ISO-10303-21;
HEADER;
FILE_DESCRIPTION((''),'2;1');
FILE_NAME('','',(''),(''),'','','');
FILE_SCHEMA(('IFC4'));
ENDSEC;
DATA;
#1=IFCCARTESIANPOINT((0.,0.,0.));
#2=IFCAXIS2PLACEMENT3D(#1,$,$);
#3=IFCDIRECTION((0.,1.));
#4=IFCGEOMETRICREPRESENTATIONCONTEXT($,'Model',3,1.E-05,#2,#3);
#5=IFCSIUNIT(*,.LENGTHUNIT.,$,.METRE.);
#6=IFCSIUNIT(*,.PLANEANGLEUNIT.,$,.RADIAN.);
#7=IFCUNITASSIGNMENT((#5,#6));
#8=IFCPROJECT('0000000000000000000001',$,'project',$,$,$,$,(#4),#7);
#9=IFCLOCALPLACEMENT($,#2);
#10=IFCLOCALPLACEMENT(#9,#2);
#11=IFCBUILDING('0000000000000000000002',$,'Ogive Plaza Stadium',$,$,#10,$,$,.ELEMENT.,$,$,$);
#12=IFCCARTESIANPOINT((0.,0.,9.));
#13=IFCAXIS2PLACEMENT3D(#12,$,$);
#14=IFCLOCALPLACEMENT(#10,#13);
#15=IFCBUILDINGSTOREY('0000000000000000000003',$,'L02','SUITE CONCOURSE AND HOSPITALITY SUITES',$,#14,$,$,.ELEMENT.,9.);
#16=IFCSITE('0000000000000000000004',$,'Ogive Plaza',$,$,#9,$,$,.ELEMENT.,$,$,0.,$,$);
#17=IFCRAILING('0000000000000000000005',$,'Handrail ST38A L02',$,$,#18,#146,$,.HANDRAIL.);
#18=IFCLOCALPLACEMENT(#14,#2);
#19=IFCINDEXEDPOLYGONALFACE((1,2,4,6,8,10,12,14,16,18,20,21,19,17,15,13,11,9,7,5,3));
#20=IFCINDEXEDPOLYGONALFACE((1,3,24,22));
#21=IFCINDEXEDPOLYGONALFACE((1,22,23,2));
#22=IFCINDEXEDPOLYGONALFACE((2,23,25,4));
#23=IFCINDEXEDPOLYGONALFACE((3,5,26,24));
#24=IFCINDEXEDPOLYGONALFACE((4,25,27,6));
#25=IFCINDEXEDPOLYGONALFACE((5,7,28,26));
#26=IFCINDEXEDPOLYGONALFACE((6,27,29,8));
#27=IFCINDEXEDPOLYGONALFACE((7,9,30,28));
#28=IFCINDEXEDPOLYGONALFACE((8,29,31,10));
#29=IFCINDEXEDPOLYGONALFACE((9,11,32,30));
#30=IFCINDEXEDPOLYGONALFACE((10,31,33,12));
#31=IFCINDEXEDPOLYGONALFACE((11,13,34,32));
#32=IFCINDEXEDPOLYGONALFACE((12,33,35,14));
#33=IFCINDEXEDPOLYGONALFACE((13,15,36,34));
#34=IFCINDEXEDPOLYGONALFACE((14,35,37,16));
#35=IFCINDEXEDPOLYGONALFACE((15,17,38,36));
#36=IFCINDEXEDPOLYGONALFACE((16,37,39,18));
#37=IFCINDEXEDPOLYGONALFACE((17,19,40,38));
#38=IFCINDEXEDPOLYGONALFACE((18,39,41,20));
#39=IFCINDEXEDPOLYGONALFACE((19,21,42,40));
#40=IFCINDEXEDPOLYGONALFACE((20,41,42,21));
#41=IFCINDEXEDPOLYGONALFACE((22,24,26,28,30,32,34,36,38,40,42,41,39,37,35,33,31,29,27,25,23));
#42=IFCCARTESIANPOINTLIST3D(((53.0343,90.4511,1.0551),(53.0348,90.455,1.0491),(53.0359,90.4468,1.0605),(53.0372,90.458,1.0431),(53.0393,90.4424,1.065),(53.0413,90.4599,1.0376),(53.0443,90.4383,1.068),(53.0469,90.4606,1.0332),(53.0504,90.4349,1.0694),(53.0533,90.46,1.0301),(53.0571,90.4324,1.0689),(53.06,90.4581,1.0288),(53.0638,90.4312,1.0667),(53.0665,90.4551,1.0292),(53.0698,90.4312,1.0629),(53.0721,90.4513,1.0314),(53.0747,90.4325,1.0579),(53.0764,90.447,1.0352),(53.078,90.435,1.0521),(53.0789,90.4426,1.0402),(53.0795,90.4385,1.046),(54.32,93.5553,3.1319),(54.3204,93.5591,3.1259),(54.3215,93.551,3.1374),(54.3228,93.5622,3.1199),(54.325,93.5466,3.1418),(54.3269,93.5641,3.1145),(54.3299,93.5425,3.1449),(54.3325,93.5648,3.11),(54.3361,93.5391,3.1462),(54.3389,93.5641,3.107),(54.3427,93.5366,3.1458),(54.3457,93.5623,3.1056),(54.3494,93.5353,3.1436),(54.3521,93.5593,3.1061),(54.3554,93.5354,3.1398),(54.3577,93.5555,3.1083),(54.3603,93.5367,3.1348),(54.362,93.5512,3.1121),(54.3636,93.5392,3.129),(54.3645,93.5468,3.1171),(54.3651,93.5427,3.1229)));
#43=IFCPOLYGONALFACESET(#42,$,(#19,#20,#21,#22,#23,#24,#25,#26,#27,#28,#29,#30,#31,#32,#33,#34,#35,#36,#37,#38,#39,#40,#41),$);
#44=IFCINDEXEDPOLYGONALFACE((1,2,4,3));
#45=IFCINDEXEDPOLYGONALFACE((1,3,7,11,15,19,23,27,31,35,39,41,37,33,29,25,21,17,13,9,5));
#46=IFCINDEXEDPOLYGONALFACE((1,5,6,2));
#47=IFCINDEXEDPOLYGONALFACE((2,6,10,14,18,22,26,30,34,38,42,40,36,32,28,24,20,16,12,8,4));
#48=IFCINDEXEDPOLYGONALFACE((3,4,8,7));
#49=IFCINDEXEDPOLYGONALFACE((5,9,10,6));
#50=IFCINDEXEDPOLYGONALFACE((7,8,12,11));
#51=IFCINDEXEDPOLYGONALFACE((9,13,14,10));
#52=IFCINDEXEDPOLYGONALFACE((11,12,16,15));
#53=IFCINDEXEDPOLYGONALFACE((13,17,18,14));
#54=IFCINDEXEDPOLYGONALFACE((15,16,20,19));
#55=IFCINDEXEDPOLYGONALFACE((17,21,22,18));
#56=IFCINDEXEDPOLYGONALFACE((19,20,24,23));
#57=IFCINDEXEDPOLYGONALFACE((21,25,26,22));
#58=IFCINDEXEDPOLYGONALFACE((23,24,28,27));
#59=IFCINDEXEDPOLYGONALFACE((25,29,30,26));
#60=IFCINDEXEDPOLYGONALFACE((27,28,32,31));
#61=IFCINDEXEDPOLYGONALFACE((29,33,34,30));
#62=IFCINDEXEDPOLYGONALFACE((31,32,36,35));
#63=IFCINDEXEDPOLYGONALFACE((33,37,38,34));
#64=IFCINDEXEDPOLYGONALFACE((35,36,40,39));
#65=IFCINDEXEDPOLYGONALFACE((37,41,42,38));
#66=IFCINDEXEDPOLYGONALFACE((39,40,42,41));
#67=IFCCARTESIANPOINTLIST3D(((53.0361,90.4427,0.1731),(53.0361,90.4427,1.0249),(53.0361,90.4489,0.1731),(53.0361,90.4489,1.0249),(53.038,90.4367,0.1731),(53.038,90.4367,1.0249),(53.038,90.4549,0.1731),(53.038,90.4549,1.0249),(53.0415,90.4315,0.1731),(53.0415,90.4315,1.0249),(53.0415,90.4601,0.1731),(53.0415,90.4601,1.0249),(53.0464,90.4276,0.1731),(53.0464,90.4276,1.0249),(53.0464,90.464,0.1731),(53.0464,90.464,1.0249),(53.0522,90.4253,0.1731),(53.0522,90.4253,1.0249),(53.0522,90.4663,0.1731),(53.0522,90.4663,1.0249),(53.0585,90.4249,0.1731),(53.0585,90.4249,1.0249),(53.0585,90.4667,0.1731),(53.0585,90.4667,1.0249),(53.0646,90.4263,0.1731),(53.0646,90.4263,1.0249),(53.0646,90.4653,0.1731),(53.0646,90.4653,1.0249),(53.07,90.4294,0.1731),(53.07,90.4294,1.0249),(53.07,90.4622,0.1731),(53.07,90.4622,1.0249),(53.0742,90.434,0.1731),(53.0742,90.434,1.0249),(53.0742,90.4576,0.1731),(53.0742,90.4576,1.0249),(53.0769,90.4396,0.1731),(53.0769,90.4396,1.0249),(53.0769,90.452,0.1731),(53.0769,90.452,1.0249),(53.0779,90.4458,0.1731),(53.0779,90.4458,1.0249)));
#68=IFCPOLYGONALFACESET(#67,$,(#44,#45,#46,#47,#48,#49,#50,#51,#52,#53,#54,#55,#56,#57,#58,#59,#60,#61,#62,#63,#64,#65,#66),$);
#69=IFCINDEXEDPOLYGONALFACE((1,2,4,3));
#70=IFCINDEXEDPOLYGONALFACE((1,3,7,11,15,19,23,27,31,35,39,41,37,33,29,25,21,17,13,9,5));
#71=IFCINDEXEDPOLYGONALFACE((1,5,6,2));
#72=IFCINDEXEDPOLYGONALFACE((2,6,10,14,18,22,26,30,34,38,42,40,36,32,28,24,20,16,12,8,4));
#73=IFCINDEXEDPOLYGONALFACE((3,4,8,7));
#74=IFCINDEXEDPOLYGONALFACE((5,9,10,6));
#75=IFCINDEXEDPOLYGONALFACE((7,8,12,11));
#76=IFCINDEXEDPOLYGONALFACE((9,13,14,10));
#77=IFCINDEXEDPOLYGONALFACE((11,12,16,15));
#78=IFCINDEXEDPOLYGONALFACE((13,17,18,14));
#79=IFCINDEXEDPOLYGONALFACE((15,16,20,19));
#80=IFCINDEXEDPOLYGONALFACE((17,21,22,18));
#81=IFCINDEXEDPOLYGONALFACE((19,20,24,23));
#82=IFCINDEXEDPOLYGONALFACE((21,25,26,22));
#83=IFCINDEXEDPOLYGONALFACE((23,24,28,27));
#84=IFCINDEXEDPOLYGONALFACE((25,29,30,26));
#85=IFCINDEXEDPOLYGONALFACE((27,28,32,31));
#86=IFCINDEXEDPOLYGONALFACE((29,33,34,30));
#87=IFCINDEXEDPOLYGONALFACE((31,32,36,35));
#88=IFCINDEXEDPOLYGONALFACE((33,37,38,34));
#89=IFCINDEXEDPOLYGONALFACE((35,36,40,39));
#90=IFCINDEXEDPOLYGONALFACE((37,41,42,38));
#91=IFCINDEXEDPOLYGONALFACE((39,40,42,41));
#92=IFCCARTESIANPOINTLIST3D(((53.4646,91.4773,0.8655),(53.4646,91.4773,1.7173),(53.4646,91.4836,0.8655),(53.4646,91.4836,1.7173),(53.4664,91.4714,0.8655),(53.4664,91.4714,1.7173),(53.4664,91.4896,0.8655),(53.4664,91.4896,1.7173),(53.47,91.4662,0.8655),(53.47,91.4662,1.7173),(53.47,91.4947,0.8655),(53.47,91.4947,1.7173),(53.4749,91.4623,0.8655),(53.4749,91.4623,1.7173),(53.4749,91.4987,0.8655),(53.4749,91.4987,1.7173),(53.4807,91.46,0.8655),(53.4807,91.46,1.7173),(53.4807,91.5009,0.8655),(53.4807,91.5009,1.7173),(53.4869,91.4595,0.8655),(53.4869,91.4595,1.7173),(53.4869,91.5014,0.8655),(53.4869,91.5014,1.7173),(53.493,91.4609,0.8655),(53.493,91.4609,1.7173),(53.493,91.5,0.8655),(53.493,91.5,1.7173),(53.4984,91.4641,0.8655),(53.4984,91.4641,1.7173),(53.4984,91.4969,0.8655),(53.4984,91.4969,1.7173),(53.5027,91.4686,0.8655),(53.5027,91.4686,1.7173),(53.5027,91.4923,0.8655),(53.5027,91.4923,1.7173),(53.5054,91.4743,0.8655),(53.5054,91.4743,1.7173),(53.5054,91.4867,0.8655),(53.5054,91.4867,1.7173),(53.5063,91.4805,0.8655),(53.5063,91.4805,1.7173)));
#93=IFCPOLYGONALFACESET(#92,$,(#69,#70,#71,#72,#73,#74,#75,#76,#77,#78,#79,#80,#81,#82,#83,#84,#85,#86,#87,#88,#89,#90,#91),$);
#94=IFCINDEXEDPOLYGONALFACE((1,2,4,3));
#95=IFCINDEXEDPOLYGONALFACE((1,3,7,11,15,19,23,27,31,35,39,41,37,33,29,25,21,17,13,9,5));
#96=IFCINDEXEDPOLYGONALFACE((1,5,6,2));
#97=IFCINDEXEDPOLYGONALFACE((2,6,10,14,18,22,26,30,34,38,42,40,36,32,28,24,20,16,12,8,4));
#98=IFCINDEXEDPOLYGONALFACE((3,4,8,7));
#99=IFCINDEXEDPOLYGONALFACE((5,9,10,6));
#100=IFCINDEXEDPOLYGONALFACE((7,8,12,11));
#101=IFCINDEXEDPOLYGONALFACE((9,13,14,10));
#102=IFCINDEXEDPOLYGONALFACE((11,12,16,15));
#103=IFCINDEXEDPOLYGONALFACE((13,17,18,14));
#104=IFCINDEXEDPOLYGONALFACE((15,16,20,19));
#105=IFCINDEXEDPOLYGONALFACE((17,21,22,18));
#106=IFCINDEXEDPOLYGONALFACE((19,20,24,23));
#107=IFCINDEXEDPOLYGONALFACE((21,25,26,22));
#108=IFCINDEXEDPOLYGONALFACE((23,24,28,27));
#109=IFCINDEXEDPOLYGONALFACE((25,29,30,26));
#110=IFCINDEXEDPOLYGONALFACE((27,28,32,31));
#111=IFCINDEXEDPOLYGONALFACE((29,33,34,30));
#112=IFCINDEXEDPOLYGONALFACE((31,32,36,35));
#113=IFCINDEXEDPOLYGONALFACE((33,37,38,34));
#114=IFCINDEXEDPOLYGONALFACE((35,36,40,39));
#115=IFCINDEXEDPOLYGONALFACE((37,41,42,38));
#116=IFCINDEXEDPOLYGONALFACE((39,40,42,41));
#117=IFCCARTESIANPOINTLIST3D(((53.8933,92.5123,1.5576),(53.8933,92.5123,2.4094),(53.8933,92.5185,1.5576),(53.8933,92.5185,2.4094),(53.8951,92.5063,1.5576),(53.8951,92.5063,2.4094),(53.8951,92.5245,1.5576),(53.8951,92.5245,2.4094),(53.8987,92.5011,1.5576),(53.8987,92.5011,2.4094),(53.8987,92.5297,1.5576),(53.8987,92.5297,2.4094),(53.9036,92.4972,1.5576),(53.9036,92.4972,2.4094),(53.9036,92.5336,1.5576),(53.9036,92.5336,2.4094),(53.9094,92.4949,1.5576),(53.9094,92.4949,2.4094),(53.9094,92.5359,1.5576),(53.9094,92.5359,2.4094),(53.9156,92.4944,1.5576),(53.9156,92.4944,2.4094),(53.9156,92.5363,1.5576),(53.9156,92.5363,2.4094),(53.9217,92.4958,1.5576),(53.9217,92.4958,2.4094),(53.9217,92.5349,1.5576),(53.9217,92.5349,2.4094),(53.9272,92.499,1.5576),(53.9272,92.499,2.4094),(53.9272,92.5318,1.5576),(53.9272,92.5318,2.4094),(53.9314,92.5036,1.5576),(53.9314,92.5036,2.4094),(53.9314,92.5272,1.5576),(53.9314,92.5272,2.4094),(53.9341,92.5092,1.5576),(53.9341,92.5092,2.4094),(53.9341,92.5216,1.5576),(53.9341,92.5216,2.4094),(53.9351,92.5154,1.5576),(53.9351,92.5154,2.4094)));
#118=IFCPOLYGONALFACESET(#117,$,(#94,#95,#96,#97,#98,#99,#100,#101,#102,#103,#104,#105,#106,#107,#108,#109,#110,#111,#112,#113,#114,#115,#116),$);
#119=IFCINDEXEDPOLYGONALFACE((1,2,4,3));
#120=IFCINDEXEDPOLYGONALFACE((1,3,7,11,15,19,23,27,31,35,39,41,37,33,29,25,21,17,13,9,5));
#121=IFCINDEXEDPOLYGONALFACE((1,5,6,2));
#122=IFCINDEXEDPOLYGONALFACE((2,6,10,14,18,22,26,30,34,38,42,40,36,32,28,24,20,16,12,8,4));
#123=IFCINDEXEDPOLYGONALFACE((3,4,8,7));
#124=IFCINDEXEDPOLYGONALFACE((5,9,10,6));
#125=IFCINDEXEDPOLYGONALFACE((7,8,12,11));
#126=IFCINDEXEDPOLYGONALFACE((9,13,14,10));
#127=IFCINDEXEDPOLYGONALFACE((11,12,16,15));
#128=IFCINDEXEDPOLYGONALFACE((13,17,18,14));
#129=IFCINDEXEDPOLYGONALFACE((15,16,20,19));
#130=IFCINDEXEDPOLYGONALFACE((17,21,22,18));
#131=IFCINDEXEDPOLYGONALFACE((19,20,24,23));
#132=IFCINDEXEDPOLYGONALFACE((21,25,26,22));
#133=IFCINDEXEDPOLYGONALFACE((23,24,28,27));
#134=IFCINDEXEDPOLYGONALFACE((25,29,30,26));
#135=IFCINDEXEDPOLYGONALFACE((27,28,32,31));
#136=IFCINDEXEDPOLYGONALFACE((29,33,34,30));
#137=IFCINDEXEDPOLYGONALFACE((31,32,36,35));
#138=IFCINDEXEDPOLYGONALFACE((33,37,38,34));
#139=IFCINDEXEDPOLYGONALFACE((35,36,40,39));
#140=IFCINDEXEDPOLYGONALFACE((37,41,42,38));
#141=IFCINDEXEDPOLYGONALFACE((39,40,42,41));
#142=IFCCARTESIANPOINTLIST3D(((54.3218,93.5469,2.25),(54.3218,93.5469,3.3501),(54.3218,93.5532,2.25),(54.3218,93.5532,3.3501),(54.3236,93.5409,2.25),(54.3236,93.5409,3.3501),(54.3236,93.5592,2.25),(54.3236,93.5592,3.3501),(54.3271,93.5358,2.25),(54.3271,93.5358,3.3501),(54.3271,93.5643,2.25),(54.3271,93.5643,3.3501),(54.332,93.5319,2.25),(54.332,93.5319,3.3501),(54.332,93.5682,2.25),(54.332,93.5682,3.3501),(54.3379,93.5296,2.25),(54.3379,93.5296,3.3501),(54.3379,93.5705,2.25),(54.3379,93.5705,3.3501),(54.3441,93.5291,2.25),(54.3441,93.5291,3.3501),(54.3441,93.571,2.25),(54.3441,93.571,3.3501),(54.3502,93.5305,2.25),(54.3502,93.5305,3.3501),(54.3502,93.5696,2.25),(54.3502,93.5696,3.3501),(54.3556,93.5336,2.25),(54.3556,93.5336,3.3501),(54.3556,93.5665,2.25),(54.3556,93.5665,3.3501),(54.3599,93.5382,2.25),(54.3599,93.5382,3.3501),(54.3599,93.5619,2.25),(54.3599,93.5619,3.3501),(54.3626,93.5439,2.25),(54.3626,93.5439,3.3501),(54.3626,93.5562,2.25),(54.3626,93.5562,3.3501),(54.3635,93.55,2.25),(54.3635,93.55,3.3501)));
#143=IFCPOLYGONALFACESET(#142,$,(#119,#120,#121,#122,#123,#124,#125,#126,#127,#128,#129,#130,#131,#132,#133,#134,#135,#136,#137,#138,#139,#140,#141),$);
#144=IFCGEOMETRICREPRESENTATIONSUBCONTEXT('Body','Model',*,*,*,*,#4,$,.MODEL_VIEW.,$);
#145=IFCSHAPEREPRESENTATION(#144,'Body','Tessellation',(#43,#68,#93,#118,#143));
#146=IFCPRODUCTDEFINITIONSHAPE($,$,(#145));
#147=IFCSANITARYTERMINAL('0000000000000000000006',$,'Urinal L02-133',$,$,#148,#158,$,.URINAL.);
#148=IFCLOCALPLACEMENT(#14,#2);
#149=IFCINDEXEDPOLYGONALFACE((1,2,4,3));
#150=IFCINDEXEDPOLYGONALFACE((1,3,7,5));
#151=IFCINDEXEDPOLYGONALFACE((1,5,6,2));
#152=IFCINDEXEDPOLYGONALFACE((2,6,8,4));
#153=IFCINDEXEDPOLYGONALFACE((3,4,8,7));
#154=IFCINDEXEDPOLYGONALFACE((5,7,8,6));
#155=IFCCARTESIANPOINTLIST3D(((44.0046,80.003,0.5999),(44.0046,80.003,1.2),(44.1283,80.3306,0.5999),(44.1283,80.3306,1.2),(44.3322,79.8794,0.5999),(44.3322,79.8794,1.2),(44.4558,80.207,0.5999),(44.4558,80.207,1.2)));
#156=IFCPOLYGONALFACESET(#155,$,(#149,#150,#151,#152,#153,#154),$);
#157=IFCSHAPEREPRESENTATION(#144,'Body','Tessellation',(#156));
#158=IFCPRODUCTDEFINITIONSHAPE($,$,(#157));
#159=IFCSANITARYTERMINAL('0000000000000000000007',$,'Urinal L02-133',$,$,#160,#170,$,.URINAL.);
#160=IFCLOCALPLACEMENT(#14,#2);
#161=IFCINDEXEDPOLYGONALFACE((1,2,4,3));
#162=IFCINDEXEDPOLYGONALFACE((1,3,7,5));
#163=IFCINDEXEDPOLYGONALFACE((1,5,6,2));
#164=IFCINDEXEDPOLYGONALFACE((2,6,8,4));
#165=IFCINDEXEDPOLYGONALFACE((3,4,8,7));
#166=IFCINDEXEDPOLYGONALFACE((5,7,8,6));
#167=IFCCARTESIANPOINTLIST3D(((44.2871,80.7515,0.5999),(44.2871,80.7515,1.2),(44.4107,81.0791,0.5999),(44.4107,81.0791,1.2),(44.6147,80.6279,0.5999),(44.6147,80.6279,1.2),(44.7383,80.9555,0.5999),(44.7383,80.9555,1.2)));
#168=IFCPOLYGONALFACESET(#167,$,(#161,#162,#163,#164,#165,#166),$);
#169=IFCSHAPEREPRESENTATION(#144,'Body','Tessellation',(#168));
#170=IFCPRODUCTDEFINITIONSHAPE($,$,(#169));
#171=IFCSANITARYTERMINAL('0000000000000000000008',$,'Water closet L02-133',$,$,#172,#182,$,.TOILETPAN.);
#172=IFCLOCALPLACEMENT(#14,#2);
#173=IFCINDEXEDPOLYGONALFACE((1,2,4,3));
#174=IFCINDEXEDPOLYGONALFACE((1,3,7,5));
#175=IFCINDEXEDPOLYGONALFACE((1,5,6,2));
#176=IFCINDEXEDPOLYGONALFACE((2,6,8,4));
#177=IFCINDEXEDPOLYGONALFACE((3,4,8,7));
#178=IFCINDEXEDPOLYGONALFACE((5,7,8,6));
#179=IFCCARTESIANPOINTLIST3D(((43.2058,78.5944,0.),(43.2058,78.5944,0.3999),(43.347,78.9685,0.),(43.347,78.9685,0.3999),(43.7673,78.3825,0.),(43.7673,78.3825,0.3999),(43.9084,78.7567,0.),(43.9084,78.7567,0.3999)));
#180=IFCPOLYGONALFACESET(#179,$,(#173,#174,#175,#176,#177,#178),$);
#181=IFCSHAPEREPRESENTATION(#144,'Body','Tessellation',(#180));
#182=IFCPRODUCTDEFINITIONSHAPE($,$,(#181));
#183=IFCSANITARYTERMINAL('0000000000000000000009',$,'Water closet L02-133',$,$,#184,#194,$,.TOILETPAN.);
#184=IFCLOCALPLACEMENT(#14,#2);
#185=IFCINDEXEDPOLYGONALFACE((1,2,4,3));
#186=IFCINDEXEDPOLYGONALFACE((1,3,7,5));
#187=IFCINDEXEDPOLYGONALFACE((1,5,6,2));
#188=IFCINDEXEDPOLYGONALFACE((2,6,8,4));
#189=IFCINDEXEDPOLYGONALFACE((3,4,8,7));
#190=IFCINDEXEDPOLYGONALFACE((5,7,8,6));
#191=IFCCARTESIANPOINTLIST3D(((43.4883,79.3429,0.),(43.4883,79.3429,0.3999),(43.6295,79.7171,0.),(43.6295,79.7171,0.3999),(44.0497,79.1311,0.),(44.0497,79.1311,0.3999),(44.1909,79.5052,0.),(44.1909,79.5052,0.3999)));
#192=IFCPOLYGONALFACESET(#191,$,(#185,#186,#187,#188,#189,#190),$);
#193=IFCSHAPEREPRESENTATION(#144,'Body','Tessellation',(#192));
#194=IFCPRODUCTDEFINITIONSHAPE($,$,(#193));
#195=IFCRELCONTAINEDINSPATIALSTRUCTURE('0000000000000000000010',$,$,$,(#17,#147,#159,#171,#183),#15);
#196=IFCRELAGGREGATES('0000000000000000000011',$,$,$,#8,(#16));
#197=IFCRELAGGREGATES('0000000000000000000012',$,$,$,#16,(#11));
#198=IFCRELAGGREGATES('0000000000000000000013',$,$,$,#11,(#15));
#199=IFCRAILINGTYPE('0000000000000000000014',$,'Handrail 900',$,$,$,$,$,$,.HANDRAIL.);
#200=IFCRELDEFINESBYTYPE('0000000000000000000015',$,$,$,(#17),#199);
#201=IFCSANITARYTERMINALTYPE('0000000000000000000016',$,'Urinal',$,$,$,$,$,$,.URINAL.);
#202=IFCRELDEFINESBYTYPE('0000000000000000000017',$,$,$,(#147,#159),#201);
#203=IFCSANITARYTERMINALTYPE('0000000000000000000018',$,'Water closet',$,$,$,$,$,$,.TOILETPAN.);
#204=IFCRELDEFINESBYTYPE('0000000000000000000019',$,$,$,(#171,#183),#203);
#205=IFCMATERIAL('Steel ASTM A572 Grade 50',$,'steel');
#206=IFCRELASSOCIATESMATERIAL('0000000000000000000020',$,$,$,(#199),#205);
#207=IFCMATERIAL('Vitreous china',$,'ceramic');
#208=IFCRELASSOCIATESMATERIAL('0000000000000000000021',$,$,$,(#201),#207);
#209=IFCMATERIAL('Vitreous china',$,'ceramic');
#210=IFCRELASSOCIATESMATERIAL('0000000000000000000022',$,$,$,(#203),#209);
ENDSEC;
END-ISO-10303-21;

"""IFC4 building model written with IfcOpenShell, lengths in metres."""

from ifc_helpers import new_model, si_unit, direction, frame, origin, origin_2d, place, context, subcontext, project, spatial, rectangle, circle, extrude, material, type_object, element, save


model = new_model("IFC4")

# Units and contexts
model_context = context("Model", 3, precision=1e-05, world=origin(), true_north=direction((0.0, 1.0)))
body_context = subcontext(model_context, "Body", "Model", "MODEL_VIEW")
ifc_project = project(units=[si_unit("LENGTHUNIT", "METRE"), si_unit("PLANEANGLEUNIT", "RADIAN")], contexts=[model_context])

# Site, building, storey
site_placement = place(None, origin())
site = spatial("IfcSite", under=ifc_project, at=site_placement, Name="Ogive Plaza", CompositionType="ELEMENT", RefElevation=0.0)
building_placement = place(site_placement, origin())
building = spatial("IfcBuilding", under=site, at=building_placement, Name="Ogive Plaza Stadium", CompositionType="ELEMENT")
storey_placement = place(building_placement, frame((0.0, 0.0, 9.0)))
storey = spatial("IfcBuildingStorey", under=building, at=storey_placement, Name="L02", Description="SUITE CONCOURSE AND HOSPITALITY SUITES", CompositionType="ELEMENT", Elevation=9.0)

# Railing
ifc_material_1 = material(Name="Steel ASTM A572 Grade 50", Category="steel")
railing_type_1 = type_object("IfcRailingType", Name="Handrail 900", PredefinedType="HANDRAIL", material=ifc_material_1)
railing_1_placement = place(storey_placement, frame((53.0569, 90.4458, 0.1731)))
element("IfcRailing", 1, at=railing_1_placement, inside=storey, type_object=railing_type_1, Name="Handrail ST38A L02", PredefinedType="HANDRAIL", context=body_context, shape_type="SweptSolid", body=[
    extrude(circle(Radius=0.0239, at=origin_2d()), frame((0.0, 0.0, 0.876), z_axis=(0.325477, 0.785879, 0.525794), x_axis=(-0.923898, 0.382638, 0.0)), (0.0, 0.0, 1.0), 3.95),
    extrude(circle(Radius=0.021, at=origin_2d()), origin(), (0.0, 0.0, 1.0), 0.8518),
    extrude(circle(Radius=0.021, at=origin_2d()), frame((0.4285, 1.0347, 0.6924)), (0.0, 0.0, 1.0), 0.8518),
    extrude(circle(Radius=0.021, at=origin_2d()), frame((0.8572, 2.0696, 1.3845)), (0.0, 0.0, 1.0), 0.8518),
    extrude(circle(Radius=0.021, at=origin_2d()), frame((1.2856, 3.1042, 2.0769)), (0.0, 0.0, 1.0), 1.1001),
])

# Sanitary terminals
ifc_material_2 = material(Name="Vitreous china", Category="ceramic")
sanitary_terminal_type_1 = type_object("IfcSanitaryTerminalType", Name="Urinal", PredefinedType="URINAL", material=ifc_material_2)
for number, where, z_axis, x_axis, name in (
    (2, (44.2302, 80.105, 0.5999), (0.0, 0.0, 1.0), (0.353065, 0.935599, 0.0), "Urinal L02-133"),
    (3, (44.5127, 80.8535, 0.5999), (0.0, 0.0, 1.0), (0.353065, 0.935599, 0.0), "Urinal L02-133"),
):
    element("IfcSanitaryTerminal", number, at=place(storey_placement, frame(where, z_axis=z_axis, x_axis=x_axis)), inside=storey, type_object=sanitary_terminal_type_1, Name=name, PredefinedType="URINAL", context=body_context, shape_type="SweptSolid", body=[
        extrude(rectangle(XDim=0.3501, YDim=0.3501, at=origin_2d()), origin(), (0.0, 0.0, 1.0), 0.6001),
    ])
ifc_material_3 = material(Name="Vitreous china", Category="ceramic")
sanitary_terminal_type_2 = type_object("IfcSanitaryTerminalType", Name="Water closet", PredefinedType="TOILETPAN", material=ifc_material_3)
for number, where, z_axis, x_axis, name in (
    (4, (43.5571, 78.6755, 0.0), (0.0, 0.0, 1.0), (0.353065, 0.935599, 0.0), "Water closet L02-133"),
    (5, (43.8396, 79.4241, 0.0), (0.0, 0.0, 1.0), (0.353065, 0.935599, 0.0), "Water closet L02-133"),
):
    element("IfcSanitaryTerminal", number, at=place(storey_placement, frame(where, z_axis=z_axis, x_axis=x_axis)), inside=storey, type_object=sanitary_terminal_type_2, Name=name, PredefinedType="TOILETPAN", context=body_context, shape_type="SweptSolid", body=[
        extrude(rectangle(XDim=0.3999, YDim=0.6001, at=origin_2d()), origin(), (0.0, 0.0, 1.0), 0.3999),
    ])

save(model, "model.ifc")
